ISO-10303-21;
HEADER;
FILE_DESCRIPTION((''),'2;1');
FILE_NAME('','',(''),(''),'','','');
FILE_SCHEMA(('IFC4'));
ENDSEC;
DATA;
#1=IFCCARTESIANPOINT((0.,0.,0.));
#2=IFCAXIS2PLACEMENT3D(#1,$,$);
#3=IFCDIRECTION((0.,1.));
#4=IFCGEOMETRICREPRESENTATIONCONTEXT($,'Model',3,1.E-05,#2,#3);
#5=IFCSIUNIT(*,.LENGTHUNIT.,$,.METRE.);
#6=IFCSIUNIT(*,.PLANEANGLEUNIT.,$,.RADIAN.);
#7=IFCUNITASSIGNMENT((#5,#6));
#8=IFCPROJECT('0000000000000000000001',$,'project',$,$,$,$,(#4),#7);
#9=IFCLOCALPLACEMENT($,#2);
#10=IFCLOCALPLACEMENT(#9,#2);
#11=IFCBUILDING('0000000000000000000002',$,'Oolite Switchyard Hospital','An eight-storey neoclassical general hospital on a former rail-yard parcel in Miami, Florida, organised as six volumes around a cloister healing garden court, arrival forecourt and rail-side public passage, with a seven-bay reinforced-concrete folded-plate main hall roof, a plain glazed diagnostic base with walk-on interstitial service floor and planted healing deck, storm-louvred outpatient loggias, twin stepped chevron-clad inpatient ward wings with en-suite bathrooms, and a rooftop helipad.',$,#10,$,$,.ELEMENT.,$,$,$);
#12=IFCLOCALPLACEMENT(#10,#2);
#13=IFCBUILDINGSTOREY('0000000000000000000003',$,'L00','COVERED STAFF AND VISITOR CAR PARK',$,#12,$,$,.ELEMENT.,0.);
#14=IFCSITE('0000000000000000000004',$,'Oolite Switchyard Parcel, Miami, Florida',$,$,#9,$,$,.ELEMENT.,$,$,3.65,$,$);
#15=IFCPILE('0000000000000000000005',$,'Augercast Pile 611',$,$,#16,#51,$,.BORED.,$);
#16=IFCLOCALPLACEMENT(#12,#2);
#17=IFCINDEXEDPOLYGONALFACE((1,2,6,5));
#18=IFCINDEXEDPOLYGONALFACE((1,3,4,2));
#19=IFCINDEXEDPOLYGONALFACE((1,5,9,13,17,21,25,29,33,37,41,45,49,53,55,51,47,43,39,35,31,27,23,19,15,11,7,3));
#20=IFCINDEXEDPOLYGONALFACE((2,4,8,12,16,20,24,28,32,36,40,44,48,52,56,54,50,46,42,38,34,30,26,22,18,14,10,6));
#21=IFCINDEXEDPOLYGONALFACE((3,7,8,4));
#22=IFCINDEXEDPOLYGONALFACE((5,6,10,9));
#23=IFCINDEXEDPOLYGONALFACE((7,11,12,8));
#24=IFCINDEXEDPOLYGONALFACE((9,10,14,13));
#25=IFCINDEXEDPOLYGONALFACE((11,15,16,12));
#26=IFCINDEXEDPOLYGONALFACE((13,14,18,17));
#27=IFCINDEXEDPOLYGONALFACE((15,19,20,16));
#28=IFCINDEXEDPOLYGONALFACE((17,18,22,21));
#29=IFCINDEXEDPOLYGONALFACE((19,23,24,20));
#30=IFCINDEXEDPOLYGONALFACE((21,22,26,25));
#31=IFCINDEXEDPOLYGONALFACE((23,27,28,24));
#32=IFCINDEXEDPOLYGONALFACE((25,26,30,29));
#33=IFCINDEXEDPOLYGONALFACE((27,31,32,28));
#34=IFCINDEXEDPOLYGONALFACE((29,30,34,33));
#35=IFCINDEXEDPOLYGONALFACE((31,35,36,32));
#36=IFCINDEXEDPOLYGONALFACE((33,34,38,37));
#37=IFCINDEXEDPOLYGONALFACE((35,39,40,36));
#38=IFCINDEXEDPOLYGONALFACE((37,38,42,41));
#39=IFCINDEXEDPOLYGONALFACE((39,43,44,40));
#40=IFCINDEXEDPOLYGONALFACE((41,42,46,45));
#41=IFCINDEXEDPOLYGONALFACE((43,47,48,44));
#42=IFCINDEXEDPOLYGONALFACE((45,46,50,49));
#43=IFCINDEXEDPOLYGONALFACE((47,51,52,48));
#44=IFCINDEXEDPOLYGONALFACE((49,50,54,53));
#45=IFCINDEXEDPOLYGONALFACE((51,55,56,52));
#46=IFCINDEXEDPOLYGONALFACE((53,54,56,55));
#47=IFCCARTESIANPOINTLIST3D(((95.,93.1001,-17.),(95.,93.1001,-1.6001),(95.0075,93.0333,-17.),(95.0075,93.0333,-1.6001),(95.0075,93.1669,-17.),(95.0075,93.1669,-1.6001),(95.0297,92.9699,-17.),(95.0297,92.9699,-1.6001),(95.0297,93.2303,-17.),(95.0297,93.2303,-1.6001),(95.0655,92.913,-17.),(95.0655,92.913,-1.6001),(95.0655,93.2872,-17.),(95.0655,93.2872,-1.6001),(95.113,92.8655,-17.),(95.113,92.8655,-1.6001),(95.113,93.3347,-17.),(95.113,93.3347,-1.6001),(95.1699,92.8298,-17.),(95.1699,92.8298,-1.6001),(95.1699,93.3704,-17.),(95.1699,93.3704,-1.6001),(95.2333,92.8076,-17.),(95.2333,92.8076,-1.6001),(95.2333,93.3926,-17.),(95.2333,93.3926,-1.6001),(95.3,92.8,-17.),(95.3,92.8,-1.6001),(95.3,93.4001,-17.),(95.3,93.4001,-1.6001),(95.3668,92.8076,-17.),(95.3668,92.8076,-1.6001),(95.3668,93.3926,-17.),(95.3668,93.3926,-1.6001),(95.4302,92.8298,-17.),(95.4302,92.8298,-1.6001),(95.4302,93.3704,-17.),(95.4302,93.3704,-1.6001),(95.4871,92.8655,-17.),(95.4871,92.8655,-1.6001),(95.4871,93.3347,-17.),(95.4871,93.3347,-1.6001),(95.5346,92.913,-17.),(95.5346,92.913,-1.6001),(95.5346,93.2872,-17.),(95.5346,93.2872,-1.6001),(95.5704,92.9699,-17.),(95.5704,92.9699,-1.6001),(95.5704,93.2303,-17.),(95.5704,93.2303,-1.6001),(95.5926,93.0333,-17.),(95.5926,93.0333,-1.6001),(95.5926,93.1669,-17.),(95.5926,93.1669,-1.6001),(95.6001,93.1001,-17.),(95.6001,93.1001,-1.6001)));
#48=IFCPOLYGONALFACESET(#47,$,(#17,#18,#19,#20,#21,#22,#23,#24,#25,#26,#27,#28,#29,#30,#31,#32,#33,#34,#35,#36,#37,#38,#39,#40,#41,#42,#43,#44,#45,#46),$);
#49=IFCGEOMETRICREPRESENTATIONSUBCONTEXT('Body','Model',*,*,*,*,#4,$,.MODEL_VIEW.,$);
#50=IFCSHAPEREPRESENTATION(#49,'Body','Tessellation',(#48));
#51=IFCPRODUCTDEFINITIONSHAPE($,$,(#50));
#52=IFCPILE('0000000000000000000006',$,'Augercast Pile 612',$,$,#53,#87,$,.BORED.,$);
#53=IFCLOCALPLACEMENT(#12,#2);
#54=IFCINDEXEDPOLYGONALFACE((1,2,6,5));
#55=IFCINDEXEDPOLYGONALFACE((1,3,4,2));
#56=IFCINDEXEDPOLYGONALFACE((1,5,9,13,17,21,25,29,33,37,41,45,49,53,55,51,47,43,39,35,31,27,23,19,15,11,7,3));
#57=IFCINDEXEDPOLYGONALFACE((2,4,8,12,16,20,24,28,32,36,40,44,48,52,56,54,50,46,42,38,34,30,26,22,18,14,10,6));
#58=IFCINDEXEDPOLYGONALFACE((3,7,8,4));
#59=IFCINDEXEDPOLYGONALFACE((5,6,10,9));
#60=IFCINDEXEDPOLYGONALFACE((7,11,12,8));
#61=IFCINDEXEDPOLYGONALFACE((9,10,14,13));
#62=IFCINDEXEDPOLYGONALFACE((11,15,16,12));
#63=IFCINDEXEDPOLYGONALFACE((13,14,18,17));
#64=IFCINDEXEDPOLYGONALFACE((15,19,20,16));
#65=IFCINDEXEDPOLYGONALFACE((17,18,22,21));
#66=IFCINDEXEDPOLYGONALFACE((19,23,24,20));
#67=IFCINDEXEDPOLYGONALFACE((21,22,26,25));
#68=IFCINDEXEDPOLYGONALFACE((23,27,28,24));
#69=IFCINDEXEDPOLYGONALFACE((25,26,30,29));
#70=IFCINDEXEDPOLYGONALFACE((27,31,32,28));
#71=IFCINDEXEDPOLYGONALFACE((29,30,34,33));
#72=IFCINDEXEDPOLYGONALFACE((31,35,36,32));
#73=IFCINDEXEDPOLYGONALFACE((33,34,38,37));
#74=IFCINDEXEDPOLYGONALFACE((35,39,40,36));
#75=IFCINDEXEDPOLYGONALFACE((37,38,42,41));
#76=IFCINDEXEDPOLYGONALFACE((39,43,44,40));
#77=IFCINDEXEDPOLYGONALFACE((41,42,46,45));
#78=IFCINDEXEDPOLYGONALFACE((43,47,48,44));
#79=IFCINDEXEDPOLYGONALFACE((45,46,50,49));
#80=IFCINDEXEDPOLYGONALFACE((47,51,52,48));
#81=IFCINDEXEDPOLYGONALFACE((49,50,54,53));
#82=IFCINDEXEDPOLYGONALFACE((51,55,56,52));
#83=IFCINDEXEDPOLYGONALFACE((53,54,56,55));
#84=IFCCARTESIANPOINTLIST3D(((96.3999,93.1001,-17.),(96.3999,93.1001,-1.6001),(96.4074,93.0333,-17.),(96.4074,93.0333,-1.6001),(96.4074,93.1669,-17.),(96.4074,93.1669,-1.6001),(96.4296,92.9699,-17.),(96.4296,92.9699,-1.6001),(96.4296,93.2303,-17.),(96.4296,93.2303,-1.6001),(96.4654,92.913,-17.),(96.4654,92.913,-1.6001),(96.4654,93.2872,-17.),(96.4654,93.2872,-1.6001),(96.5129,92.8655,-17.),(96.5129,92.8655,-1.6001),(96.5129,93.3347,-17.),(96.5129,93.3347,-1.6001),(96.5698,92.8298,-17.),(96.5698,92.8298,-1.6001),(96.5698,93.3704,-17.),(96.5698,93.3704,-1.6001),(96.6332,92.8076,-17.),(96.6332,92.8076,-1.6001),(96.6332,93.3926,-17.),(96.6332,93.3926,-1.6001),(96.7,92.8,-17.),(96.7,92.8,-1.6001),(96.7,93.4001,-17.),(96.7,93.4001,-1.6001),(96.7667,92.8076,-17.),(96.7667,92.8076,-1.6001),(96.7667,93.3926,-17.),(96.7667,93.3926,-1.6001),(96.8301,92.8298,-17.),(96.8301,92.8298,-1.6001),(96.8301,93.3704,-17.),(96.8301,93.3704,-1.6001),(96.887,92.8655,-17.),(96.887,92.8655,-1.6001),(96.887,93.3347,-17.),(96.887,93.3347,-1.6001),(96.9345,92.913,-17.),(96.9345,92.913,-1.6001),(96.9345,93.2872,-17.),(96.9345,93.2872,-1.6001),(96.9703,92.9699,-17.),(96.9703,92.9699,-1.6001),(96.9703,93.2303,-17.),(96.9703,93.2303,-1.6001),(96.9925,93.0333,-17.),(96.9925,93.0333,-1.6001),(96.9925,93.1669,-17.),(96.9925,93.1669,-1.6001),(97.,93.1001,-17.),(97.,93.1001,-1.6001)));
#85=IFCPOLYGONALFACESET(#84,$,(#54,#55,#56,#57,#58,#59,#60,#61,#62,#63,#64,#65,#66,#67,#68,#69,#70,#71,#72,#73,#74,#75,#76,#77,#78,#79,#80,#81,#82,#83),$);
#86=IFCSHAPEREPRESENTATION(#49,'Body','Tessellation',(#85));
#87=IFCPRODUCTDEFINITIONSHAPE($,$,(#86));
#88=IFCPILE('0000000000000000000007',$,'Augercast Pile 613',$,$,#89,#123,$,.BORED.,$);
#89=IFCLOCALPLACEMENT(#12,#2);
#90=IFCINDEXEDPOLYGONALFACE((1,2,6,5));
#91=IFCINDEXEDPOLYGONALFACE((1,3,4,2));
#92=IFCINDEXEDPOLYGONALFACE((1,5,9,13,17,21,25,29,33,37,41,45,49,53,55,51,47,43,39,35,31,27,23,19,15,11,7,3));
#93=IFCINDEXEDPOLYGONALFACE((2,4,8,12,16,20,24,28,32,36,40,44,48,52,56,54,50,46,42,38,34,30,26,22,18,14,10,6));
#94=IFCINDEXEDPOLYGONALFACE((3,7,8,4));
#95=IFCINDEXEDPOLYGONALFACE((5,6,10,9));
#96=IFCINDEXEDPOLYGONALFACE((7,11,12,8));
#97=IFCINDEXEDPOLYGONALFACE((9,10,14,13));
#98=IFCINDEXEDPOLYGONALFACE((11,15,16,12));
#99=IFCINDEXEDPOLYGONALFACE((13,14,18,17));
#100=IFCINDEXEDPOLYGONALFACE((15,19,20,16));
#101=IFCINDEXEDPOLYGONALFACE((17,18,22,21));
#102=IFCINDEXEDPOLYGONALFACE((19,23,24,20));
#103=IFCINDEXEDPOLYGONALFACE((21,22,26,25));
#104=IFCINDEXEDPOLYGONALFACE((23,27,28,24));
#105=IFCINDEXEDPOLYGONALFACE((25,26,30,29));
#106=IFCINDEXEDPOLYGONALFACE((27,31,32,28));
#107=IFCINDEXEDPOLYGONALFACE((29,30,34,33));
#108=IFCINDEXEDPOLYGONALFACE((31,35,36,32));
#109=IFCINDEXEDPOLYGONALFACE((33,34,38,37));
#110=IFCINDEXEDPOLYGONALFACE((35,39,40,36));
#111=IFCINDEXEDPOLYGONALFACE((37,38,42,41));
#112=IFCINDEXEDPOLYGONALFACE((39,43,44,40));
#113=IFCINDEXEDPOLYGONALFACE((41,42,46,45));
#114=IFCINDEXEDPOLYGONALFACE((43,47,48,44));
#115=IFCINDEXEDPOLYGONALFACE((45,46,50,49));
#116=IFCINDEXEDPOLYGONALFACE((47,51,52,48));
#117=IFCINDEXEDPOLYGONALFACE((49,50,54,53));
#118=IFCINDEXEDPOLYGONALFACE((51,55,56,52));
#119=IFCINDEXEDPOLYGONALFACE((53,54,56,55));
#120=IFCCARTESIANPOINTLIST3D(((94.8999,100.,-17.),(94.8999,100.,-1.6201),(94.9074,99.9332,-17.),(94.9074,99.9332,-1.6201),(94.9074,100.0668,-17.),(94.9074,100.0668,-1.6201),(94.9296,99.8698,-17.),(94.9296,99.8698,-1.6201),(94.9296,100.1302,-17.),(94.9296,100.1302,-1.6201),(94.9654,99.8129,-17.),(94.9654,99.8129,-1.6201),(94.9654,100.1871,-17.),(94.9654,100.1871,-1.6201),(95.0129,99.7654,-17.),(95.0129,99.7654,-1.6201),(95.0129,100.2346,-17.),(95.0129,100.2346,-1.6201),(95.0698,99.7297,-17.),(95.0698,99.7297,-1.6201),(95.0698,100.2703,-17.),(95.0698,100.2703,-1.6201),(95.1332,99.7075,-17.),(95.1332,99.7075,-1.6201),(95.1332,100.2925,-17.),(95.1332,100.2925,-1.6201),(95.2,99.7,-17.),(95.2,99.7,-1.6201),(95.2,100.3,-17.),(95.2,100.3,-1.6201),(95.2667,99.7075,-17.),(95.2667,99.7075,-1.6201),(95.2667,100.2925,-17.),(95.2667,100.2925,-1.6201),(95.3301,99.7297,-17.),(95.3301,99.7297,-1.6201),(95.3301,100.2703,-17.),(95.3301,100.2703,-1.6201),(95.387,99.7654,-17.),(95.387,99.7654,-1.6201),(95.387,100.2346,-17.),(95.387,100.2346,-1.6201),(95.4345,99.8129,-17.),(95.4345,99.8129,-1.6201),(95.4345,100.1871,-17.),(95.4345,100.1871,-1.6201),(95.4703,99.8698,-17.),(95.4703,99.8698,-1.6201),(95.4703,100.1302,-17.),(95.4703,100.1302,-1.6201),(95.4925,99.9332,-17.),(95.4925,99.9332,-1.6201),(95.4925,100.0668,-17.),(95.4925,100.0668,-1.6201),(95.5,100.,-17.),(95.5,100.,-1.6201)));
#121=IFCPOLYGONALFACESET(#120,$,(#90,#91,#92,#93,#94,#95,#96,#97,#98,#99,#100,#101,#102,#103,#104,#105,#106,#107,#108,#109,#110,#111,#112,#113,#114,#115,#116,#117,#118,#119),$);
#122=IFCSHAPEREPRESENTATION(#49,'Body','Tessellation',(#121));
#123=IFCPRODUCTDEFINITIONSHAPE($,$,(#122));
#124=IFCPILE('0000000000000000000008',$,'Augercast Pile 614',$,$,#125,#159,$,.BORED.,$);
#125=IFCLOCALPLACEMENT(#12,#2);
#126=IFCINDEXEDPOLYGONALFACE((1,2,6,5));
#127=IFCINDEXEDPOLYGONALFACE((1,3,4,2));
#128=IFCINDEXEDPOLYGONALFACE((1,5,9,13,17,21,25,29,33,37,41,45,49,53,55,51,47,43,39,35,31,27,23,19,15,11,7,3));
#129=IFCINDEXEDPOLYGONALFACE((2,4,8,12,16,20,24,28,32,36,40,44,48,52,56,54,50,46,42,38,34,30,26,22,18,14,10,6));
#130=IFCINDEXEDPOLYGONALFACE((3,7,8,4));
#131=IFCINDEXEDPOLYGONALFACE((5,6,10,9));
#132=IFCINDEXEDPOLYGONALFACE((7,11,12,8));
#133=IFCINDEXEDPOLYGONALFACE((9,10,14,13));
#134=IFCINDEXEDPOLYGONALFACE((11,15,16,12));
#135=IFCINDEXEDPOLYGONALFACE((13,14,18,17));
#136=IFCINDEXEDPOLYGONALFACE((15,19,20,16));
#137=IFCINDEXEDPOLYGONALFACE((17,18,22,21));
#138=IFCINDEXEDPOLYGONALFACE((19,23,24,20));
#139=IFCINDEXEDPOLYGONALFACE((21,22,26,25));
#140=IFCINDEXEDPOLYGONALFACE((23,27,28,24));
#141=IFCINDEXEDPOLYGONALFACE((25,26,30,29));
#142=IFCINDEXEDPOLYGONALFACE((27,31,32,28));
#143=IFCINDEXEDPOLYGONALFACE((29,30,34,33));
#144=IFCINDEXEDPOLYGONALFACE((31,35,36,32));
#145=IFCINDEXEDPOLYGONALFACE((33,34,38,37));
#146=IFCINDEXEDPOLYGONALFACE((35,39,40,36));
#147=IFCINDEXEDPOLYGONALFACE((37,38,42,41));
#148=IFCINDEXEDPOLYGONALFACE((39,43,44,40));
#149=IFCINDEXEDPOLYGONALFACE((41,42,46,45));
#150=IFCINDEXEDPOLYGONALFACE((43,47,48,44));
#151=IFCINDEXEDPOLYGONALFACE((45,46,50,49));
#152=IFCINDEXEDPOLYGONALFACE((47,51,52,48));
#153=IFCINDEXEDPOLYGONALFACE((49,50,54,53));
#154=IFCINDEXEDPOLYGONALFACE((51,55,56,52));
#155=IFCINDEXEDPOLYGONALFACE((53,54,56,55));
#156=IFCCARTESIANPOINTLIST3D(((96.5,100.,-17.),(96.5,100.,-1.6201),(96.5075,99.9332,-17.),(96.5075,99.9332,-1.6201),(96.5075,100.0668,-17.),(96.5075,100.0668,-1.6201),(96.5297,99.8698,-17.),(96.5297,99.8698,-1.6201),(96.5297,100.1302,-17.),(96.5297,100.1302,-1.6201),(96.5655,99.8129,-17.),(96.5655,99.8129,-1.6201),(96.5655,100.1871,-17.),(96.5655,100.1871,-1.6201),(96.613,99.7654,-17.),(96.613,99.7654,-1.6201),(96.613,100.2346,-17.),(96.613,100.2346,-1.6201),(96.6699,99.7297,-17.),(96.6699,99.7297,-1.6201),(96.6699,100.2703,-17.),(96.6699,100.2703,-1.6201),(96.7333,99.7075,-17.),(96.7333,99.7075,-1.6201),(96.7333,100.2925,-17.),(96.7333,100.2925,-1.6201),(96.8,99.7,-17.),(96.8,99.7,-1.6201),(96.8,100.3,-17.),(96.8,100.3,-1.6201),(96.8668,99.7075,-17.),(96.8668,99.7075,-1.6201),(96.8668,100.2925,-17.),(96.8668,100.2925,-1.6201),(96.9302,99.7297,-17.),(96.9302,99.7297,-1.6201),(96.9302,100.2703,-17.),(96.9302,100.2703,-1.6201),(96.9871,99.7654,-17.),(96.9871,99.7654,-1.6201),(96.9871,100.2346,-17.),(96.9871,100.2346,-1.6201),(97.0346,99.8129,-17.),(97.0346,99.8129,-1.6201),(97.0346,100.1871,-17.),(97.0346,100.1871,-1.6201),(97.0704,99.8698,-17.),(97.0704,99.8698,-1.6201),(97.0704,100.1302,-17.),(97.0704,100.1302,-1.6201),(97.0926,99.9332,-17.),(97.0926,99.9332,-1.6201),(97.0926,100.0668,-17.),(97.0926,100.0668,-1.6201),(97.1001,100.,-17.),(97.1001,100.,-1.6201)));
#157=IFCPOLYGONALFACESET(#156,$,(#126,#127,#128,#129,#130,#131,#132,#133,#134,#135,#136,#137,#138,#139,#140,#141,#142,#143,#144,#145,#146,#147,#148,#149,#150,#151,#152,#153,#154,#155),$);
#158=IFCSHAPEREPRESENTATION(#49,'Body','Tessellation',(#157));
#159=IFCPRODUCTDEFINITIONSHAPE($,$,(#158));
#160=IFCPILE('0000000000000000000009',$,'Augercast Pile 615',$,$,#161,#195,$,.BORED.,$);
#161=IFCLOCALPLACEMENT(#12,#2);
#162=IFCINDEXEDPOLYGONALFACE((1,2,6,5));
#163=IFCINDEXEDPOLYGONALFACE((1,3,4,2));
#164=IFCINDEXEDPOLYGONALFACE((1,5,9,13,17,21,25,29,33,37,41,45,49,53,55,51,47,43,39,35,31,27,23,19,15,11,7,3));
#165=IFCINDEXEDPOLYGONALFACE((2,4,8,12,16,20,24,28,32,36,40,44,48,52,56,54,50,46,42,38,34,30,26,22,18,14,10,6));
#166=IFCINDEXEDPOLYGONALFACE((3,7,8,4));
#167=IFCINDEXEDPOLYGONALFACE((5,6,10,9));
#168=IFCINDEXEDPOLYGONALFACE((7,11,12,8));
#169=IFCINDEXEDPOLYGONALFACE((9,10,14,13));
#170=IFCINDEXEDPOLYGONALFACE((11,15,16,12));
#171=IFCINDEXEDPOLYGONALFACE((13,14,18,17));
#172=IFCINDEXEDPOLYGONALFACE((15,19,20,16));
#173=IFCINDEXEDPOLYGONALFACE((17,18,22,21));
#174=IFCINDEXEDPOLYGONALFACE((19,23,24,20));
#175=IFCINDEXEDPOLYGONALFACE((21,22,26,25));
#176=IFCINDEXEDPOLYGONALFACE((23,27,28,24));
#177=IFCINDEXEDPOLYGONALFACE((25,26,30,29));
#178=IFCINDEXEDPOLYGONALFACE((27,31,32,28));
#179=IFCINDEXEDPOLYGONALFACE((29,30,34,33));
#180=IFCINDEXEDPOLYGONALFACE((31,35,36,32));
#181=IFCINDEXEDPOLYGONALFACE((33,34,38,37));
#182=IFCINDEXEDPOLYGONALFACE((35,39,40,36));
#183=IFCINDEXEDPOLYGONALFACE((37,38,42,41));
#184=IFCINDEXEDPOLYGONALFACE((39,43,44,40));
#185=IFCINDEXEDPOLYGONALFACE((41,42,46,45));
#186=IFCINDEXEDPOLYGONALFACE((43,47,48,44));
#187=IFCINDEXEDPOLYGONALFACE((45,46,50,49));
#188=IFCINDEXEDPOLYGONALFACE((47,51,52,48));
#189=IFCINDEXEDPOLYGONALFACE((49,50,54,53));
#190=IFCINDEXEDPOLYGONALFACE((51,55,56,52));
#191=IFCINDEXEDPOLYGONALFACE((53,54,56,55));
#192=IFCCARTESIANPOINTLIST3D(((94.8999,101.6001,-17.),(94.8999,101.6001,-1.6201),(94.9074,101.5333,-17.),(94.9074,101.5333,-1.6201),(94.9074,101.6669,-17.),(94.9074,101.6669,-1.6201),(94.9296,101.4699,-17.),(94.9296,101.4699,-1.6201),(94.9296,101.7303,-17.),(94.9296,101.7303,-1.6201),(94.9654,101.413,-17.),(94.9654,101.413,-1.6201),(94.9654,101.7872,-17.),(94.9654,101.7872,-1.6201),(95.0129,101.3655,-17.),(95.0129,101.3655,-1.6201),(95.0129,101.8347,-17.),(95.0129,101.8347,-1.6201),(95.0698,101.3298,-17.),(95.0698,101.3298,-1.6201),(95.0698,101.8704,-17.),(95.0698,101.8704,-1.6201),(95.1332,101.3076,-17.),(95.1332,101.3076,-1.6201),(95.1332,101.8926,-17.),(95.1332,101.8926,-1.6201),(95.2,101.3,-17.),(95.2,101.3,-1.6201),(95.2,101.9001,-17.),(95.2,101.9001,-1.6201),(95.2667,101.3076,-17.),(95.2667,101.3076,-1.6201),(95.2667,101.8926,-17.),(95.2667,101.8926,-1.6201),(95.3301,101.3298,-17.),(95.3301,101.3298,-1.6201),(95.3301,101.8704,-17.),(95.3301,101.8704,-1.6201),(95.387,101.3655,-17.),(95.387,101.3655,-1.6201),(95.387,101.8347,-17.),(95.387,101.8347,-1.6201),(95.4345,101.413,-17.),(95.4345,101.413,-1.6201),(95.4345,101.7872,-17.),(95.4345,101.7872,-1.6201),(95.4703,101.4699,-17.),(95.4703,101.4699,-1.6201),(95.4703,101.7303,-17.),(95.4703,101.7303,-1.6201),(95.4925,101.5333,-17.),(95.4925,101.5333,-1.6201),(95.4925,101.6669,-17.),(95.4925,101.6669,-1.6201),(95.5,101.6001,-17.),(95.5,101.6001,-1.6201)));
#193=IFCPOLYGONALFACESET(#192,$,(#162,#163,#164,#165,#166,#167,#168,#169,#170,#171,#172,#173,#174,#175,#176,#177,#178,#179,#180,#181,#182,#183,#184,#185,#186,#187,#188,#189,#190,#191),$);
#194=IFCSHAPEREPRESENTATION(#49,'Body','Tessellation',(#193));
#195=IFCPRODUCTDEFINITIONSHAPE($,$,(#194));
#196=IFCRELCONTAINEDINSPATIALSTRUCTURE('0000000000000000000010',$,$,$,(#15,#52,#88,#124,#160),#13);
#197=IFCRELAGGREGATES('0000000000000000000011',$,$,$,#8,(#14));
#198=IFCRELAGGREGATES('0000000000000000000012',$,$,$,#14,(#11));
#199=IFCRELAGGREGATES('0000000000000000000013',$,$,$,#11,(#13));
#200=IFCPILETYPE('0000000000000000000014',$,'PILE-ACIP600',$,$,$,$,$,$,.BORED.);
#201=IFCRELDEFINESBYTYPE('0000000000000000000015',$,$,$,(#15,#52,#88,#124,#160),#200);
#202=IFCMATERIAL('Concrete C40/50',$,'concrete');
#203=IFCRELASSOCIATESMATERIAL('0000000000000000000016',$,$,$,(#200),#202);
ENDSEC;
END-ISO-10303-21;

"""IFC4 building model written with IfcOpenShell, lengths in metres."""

from ifc_helpers import new_model, si_unit, direction, frame, origin, origin_2d, place, context, subcontext, project, spatial, circle, extrude, material, material_profile, profile_set, type_object, element, save


model = new_model("IFC4")

# Units and contexts
model_context = context("Model", 3, precision=1e-05, world=origin(), true_north=direction((0.0, 1.0)))
body_context = subcontext(model_context, "Body", "Model", "MODEL_VIEW")
ifc_project = project(units=[si_unit("LENGTHUNIT", "METRE"), si_unit("PLANEANGLEUNIT", "RADIAN")], contexts=[model_context])

# Site, building, storey
site_placement = place(None, origin())
site = spatial("IfcSite", under=ifc_project, at=site_placement, Name="Oolite Switchyard Parcel, Miami, Florida", CompositionType="ELEMENT", RefElevation=3.65)
building_placement = place(site_placement, origin())
building = spatial("IfcBuilding", under=site, at=building_placement, Name="Oolite Switchyard Hospital", Description="An eight-storey neoclassical general hospital on a former rail-yard parcel in Miami, Florida, organised as six volumes around a cloister healing garden court, arrival forecourt and rail-side public passage, with a seven-bay reinforced-concrete folded-plate main hall roof, a plain glazed diagnostic base with walk-on interstitial service floor and planted healing deck, storm-louvred outpatient loggias, twin stepped chevron-clad inpatient ward wings with en-suite bathrooms, and a rooftop helipad.", CompositionType="ELEMENT")
storey_placement = place(building_placement, origin())
storey = spatial("IfcBuildingStorey", under=building, at=storey_placement, Name="L00", Description="COVERED STAFF AND VISITOR CAR PARK", CompositionType="ELEMENT", Elevation=0.0)

# Shared definitions
ifc_material_1 = material(Name="Concrete C40/50", Category="concrete")

# Piles
ifc_material_profile_1 = material_profile(ifc_material_1, circle(Radius=0.3, at=origin_2d()), Name="PILE600")
ifc_profile_set_1 = profile_set([ifc_material_profile_1], Name="Concrete C40/50")
pile_type = type_object("IfcPileType", Name="PILE-ACIP600", PredefinedType="BORED", material=ifc_profile_set_1)
for number, where, z_axis, x_axis, name in (
    (1, (95.3, 93.1001, -1.6001), (0.0, 0.0, -1.0), (1.0, 0.0, 0.0), "Augercast Pile 611"),
    (2, (96.7, 93.1001, -1.6001), (0.0, 0.0, -1.0), (1.0, 0.0, 0.0), "Augercast Pile 612"),
):
    element("IfcPile", number, at=place(storey_placement, frame(where, z_axis=z_axis, x_axis=x_axis)), inside=storey, type_object=pile_type, Name=name, PredefinedType="BORED", context=body_context, shape_type="SweptSolid", body=[
        extrude(circle(Radius=0.3, at=origin_2d()), origin(), (0.0, 0.0, 1.0), 15.3999),
    ])
for number, where, z_axis, x_axis, name in (
    (3, (95.2, 100.0, -1.6201), (0.0, 0.0, -1.0), (1.0, 0.0, 0.0), "Augercast Pile 613"),
    (4, (96.8, 100.0, -1.6201), (0.0, 0.0, -1.0), (1.0, 0.0, 0.0), "Augercast Pile 614"),
    (5, (95.2, 101.6001, -1.6201), (0.0, 0.0, -1.0), (1.0, 0.0, 0.0), "Augercast Pile 615"),
):
    element("IfcPile", number, at=place(storey_placement, frame(where, z_axis=z_axis, x_axis=x_axis)), inside=storey, type_object=pile_type, Name=name, PredefinedType="BORED", context=body_context, shape_type="SweptSolid", body=[
        extrude(circle(Radius=0.3, at=origin_2d()), origin(), (0.0, 0.0, 1.0), 15.3799),
    ])

save(model, "model.ifc")
